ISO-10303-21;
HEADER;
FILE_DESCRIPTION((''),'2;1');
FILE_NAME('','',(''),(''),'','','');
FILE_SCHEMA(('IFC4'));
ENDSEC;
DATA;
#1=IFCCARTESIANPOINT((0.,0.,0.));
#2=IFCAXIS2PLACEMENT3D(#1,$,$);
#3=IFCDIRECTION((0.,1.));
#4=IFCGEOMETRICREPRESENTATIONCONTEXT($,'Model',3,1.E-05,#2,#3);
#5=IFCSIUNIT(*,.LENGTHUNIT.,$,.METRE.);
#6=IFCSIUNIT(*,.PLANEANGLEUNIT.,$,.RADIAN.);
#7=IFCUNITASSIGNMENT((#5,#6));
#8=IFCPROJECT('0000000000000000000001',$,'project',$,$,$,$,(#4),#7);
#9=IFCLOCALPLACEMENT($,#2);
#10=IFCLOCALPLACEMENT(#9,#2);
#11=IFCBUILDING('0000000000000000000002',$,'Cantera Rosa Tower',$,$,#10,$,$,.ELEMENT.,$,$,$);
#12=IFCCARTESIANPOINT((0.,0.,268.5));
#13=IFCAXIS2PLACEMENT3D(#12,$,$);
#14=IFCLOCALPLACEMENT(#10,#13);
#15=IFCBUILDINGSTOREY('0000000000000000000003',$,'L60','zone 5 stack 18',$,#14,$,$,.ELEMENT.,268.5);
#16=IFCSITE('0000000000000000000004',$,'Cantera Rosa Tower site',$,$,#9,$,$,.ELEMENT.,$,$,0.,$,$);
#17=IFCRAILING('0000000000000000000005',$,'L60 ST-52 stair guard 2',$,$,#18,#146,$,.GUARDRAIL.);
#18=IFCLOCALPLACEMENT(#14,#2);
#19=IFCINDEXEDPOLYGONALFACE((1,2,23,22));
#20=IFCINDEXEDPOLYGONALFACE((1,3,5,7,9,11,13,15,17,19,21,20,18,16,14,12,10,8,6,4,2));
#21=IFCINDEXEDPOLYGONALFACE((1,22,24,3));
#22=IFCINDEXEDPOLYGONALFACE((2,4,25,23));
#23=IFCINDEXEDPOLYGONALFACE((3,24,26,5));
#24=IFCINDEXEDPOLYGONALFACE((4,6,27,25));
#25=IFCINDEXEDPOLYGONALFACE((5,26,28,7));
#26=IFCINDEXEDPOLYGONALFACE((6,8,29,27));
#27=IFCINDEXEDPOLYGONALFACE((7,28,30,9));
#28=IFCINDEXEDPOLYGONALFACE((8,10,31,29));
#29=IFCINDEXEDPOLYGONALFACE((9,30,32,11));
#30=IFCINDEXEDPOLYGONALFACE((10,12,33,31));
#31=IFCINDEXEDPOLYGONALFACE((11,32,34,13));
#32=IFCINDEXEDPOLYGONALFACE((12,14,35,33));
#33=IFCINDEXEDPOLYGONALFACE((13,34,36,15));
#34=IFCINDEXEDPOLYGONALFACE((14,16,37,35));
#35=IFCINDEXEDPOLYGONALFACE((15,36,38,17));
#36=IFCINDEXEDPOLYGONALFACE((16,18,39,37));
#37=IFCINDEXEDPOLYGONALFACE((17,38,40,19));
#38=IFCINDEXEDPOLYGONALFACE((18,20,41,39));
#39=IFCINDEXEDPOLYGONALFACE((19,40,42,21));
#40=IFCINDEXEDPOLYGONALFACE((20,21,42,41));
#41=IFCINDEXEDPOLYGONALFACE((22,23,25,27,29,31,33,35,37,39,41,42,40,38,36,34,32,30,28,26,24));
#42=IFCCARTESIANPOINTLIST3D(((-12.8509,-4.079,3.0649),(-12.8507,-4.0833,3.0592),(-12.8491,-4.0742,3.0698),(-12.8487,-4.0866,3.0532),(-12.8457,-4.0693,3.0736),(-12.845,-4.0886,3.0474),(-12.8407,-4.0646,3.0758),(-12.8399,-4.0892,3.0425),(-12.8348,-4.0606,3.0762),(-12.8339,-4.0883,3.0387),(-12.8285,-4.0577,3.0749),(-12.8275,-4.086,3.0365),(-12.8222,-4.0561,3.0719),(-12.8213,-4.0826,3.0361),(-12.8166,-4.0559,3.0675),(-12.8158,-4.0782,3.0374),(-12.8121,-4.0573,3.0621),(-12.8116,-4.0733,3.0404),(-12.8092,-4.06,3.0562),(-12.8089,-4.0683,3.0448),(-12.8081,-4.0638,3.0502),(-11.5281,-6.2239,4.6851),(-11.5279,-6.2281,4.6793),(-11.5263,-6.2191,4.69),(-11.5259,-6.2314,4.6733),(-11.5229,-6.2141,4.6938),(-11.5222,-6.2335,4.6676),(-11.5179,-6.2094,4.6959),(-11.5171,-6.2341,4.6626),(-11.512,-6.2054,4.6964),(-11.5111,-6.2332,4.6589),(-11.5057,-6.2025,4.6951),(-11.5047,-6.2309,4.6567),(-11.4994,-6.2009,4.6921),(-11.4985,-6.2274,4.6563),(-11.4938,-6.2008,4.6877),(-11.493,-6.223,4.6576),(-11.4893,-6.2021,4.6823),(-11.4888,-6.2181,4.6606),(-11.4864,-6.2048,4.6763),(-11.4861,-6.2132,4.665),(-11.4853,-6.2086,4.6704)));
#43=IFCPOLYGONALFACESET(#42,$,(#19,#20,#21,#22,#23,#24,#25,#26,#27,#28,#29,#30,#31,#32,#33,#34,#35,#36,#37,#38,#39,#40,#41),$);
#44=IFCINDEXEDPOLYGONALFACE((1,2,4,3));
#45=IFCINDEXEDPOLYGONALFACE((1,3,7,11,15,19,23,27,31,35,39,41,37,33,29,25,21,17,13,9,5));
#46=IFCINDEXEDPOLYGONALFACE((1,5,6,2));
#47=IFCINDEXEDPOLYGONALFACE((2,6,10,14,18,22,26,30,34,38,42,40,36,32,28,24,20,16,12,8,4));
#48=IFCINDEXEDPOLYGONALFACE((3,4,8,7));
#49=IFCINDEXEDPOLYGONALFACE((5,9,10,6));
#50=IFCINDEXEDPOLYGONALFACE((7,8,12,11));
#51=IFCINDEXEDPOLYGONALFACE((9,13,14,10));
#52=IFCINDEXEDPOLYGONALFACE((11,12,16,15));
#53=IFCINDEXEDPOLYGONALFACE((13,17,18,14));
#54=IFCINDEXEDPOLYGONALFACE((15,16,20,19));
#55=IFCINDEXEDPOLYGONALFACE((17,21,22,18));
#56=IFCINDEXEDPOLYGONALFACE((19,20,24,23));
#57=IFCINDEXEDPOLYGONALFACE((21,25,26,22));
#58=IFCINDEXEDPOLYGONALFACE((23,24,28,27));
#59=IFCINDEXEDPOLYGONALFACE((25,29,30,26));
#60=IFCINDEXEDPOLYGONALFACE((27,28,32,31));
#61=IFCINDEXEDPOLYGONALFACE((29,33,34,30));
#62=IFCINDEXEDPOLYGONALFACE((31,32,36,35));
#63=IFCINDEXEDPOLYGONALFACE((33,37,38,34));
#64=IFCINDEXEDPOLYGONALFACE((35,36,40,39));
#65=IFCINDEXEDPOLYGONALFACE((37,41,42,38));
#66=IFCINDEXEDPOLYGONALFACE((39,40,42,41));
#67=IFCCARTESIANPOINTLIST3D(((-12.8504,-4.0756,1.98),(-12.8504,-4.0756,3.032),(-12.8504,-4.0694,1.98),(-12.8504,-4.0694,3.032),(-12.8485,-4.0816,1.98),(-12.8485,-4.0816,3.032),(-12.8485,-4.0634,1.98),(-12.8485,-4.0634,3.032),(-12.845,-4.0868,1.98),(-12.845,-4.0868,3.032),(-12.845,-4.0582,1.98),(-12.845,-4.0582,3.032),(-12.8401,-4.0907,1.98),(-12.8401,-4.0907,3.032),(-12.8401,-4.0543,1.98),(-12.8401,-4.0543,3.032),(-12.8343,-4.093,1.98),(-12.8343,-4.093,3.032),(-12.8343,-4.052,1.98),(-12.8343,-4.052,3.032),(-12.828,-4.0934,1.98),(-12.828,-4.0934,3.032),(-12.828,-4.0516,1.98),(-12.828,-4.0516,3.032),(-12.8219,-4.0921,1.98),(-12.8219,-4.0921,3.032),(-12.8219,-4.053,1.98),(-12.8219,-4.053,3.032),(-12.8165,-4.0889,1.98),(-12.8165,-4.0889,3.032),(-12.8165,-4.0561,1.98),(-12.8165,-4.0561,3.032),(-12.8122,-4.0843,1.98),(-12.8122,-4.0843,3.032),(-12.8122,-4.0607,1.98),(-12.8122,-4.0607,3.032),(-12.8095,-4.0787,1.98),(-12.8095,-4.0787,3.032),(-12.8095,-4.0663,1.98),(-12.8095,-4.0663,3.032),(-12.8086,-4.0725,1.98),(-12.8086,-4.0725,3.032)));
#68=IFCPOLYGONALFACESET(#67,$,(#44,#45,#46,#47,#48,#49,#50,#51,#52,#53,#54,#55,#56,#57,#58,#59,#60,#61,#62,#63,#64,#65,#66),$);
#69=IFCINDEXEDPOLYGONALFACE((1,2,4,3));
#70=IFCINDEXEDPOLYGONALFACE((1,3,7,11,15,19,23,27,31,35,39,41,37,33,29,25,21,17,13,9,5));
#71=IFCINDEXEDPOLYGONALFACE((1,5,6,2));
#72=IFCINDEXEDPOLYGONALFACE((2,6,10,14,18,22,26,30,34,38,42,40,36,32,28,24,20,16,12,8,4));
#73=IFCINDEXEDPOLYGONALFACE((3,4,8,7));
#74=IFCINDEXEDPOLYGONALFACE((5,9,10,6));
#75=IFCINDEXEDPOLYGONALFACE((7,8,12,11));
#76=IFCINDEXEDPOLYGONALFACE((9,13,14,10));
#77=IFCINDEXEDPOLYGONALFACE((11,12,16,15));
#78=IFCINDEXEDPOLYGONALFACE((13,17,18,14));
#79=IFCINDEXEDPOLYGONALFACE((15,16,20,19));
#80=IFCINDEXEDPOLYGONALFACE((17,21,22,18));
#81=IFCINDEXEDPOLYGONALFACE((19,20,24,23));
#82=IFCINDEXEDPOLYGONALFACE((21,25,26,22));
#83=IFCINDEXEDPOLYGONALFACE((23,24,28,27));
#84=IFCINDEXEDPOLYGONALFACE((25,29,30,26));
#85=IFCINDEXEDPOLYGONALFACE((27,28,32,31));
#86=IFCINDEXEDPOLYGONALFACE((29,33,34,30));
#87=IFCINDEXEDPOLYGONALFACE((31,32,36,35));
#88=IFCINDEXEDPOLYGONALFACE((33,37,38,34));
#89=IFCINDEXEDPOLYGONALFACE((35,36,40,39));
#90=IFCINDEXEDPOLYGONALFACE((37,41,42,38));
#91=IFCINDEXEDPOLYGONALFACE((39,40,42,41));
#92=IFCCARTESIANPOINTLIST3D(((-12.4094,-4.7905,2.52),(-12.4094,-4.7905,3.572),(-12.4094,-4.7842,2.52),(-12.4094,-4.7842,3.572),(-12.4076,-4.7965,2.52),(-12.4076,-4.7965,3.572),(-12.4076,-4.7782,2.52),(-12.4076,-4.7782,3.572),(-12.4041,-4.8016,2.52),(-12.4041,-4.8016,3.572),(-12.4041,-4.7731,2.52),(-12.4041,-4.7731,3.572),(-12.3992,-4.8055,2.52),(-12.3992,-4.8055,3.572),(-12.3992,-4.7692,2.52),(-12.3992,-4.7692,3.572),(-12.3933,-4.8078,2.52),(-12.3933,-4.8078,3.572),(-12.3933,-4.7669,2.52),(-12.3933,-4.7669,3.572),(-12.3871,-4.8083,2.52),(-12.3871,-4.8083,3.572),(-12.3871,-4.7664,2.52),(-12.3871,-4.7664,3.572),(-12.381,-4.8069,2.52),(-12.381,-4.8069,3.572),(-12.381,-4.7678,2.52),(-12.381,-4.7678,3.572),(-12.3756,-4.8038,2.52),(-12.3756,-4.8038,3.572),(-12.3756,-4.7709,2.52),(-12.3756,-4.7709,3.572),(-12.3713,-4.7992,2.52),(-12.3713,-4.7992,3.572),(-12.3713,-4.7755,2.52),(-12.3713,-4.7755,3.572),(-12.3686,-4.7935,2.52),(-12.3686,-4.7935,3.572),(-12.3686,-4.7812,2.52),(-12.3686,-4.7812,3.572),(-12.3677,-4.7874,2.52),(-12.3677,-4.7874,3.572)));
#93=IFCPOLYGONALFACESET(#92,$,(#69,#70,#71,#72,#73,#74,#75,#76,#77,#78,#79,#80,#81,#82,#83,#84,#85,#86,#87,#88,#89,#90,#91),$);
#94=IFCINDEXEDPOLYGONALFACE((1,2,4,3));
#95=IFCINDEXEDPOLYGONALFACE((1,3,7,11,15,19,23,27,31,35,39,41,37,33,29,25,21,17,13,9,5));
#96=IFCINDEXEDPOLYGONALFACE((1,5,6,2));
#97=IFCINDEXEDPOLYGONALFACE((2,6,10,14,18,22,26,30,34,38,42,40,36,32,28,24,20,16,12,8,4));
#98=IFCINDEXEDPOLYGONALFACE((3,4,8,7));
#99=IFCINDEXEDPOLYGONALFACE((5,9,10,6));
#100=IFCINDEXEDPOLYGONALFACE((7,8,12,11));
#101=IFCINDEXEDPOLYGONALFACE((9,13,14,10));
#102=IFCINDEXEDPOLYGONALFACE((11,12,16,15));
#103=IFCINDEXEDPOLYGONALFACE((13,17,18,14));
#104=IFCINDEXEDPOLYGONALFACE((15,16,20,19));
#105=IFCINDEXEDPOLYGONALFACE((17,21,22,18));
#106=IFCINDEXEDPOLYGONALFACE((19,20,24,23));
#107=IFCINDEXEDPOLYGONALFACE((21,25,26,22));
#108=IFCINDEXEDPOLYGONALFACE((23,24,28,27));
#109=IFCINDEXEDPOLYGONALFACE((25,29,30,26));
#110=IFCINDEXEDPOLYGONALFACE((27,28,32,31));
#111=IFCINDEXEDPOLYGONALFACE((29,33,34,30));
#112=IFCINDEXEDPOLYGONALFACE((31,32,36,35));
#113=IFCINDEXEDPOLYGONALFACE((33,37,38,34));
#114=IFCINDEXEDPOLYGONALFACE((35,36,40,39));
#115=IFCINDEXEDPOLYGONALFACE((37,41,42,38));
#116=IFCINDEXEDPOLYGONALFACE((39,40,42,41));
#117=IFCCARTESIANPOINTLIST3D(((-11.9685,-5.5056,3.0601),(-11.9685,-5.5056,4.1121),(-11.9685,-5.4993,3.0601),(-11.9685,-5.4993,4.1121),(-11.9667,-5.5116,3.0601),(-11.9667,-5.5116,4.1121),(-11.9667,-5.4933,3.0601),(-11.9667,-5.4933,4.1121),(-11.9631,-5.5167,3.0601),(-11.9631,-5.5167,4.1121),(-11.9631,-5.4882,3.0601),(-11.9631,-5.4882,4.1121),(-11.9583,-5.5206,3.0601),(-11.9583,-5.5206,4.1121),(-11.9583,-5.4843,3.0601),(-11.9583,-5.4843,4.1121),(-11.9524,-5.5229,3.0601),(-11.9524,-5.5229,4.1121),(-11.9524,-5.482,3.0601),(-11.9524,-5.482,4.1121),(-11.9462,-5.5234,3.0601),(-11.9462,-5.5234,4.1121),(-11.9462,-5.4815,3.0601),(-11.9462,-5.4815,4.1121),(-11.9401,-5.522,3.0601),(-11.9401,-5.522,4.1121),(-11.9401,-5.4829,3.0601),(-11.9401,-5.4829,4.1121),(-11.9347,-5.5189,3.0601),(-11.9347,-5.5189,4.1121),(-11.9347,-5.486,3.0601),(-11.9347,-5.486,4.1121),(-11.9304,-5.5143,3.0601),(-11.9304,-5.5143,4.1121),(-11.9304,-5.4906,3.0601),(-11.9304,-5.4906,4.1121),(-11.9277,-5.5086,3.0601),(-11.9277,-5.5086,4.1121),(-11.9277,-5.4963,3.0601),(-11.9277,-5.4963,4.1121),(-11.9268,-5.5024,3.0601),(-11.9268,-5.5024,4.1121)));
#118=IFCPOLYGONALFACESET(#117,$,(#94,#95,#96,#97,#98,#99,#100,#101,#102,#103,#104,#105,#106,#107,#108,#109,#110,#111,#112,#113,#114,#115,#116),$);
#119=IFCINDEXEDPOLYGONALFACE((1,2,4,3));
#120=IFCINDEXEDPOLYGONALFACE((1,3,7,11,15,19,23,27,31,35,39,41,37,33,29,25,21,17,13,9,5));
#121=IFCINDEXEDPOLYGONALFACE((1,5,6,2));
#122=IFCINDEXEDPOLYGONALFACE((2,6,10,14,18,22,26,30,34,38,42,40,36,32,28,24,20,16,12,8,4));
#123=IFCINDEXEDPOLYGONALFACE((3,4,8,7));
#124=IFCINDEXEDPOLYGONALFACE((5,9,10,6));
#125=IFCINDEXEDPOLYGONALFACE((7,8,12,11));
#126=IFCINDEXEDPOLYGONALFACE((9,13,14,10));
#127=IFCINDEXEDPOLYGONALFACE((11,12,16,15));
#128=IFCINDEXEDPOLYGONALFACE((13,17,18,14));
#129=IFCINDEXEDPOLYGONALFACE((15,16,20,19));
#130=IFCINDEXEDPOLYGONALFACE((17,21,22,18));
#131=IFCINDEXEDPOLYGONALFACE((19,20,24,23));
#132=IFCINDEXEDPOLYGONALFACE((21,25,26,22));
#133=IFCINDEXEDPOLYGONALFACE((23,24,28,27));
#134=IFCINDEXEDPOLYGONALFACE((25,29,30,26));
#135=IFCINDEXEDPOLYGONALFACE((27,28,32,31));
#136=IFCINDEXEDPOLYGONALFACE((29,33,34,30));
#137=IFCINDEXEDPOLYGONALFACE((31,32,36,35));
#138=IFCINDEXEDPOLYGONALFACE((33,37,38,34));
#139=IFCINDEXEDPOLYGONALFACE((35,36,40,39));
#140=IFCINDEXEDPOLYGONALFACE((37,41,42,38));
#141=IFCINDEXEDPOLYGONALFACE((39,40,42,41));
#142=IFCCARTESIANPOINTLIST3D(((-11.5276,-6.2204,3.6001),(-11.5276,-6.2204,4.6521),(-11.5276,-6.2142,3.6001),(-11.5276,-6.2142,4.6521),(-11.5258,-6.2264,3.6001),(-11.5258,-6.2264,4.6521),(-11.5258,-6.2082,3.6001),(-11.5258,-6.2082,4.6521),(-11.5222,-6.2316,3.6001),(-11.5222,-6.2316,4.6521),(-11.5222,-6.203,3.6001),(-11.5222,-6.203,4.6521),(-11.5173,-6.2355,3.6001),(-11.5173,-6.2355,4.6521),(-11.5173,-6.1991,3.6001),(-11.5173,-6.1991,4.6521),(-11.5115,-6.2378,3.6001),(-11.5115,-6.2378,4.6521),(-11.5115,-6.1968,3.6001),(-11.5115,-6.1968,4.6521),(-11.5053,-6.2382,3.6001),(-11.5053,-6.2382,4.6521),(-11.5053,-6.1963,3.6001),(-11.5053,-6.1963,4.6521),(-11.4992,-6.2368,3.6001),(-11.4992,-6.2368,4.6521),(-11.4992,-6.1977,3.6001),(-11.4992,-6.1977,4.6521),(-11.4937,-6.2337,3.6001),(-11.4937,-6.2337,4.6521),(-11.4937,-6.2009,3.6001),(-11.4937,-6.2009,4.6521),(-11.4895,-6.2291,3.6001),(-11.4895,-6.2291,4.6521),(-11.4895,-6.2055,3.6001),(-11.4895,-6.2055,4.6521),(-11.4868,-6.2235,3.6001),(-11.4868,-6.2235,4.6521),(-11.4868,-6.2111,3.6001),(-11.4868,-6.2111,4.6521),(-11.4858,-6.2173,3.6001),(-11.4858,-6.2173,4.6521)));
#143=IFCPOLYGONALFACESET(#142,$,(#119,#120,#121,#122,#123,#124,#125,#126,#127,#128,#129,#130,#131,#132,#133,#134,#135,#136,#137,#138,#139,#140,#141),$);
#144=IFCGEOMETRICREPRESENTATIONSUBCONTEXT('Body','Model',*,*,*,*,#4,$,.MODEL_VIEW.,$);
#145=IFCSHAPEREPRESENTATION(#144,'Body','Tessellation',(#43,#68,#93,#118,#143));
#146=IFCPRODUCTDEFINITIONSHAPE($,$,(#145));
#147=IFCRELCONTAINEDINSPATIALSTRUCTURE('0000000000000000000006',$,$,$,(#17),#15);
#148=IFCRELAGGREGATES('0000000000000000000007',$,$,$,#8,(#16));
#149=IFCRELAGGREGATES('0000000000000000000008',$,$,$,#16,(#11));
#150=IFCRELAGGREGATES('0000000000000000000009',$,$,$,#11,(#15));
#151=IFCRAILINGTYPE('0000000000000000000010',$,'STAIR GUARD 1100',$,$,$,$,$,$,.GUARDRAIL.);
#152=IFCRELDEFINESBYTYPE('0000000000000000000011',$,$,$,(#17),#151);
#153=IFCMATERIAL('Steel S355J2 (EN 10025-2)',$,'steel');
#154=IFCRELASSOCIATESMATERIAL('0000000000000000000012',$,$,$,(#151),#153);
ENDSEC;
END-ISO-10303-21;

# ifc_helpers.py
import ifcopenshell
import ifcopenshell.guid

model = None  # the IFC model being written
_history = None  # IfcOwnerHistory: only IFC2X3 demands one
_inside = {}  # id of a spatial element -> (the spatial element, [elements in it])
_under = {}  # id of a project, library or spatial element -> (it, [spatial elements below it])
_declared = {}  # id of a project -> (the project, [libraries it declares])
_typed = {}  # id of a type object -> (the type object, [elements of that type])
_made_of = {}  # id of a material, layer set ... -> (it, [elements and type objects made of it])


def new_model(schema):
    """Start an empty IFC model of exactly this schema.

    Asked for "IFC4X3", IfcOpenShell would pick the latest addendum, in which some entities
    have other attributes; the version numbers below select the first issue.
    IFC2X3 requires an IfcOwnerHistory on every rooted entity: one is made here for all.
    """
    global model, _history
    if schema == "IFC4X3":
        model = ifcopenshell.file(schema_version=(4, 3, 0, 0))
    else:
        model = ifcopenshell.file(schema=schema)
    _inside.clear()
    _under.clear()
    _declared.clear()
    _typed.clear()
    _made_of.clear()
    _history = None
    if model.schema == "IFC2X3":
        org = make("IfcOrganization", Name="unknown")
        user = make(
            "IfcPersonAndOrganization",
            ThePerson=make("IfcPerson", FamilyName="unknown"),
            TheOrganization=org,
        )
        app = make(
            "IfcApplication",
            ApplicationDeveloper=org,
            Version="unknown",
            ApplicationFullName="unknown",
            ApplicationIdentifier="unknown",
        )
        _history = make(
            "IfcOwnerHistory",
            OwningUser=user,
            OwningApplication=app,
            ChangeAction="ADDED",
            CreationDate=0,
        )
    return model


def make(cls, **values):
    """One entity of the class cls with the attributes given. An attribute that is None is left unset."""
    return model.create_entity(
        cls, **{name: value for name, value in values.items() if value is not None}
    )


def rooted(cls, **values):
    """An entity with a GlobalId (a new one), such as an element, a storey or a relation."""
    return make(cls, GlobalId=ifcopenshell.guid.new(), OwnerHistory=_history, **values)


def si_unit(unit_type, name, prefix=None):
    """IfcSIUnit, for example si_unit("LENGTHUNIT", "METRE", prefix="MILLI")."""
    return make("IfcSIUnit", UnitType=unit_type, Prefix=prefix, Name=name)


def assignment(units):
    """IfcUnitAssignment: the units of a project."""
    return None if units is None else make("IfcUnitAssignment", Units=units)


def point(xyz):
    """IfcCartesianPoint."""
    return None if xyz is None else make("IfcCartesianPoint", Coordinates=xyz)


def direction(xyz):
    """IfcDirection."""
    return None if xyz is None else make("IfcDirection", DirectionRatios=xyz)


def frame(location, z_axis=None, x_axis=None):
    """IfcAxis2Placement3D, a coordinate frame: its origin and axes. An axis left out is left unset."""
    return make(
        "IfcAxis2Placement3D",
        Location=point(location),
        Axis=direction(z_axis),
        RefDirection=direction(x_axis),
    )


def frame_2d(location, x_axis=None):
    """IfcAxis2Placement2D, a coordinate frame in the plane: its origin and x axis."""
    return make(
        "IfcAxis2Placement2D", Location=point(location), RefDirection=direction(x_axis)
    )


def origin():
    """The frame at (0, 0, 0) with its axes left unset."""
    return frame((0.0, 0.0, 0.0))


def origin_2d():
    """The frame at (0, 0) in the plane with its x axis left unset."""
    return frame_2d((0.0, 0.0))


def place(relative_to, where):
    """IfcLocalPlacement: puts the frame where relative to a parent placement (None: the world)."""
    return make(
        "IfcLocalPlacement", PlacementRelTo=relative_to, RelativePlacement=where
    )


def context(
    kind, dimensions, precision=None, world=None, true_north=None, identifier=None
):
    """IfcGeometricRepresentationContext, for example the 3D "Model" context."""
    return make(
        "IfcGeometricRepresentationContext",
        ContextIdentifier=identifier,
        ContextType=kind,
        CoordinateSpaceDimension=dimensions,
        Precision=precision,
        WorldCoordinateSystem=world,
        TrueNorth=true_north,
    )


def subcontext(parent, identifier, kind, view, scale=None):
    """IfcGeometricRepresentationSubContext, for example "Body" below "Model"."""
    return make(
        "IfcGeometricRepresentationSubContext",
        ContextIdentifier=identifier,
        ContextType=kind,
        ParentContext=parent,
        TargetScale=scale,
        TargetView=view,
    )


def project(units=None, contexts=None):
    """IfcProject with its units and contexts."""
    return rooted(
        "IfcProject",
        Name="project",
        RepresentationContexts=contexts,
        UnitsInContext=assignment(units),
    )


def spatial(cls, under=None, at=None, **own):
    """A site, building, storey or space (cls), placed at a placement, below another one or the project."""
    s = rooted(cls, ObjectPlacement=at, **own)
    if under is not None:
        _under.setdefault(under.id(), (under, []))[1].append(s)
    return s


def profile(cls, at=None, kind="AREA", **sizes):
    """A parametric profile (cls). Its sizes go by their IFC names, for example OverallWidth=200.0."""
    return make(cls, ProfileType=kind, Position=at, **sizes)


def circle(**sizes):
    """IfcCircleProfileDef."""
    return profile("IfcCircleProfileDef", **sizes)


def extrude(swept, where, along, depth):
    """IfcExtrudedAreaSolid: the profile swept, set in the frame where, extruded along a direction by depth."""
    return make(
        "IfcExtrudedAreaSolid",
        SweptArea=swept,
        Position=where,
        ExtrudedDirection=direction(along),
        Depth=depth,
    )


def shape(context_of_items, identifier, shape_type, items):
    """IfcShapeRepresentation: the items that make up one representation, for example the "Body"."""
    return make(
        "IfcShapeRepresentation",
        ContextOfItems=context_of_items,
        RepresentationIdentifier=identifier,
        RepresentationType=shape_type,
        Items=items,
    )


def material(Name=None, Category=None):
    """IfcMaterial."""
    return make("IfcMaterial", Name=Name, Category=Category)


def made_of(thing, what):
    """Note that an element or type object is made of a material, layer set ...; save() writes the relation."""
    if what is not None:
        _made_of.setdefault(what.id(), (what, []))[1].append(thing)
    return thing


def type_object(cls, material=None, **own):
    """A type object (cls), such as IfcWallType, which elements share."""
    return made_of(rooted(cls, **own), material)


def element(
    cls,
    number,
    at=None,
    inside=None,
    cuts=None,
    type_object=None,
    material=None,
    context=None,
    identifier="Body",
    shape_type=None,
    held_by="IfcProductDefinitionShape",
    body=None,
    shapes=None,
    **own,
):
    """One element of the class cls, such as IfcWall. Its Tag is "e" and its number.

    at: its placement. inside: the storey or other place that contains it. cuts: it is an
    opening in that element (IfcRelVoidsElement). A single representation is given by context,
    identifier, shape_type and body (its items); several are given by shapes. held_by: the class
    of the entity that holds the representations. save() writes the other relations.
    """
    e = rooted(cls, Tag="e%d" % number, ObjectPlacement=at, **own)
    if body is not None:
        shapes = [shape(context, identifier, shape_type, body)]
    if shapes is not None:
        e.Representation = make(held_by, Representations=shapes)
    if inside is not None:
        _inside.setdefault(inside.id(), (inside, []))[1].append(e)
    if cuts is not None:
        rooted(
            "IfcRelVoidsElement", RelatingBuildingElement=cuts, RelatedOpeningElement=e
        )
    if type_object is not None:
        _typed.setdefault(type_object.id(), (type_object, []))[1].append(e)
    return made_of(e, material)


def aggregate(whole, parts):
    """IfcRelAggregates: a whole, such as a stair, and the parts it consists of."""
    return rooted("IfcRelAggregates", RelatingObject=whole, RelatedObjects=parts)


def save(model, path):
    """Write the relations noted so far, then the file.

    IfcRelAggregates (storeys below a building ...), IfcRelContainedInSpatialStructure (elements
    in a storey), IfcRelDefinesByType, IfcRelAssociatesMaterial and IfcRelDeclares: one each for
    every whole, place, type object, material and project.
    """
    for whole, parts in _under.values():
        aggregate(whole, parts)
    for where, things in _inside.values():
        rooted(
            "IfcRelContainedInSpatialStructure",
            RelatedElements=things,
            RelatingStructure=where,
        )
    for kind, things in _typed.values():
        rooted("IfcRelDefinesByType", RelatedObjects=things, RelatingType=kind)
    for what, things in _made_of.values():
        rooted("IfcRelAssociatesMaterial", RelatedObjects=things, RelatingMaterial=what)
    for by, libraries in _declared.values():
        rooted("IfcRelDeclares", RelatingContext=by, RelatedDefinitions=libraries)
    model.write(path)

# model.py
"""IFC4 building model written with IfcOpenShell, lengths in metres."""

from ifc_helpers import new_model, si_unit, direction, frame, origin, origin_2d, place, context, subcontext, project, spatial, circle, extrude, material, type_object, element, save


model = new_model("IFC4")

# Units and contexts
model_context = context("Model", 3, precision=1e-05, world=origin(), true_north=direction((0.0, 1.0)))
body_context = subcontext(model_context, "Body", "Model", "MODEL_VIEW")
ifc_project = project(units=[si_unit("LENGTHUNIT", "METRE"), si_unit("PLANEANGLEUNIT", "RADIAN")], contexts=[model_context])

# Site, building, storey
site_placement = place(None, origin())
site = spatial("IfcSite", under=ifc_project, at=site_placement, Name="Cantera Rosa Tower site", CompositionType="ELEMENT", RefElevation=0.0)
building_placement = place(site_placement, origin())
building = spatial("IfcBuilding", under=site, at=building_placement, Name="Cantera Rosa Tower", CompositionType="ELEMENT")
storey_placement = place(building_placement, frame((0.0, 0.0, 268.5)))
storey = spatial("IfcBuildingStorey", under=building, at=storey_placement, Name="L60", Description="zone 5 stack 18", CompositionType="ELEMENT", Elevation=268.5)

# Railing
ifc_material_1 = material(Name="Steel S355J2 (EN 10025-2)", Category="steel")
railing_type_1 = type_object("IfcRailingType", Name="STAIR GUARD 1100", PredefinedType="GUARDRAIL", material=ifc_material_1)
railing_1_placement = place(storey_placement, frame((-12.8296, -4.0725, 1.98)))
element("IfcRailing", 1, at=railing_1_placement, inside=storey, type_object=railing_type_1, Name="L60 ST-52 stair guard 2", PredefinedType="GUARDRAIL", context=body_context, shape_type="SweptSolid", body=[
    extrude(circle(Radius=0.0239, at=origin_2d()), frame((0.0, 0.0, 1.0762), z_axis=(0.441543, -0.715939, 0.540805), x_axis=(0.851146, 0.52493, 0.0)), (0.0, 0.0, 1.0), 2.9958),
    extrude(circle(Radius=0.021, at=origin_2d()), origin(), (0.0, 0.0, 1.0), 1.052),
    extrude(circle(Radius=0.021, at=origin_2d()), frame((0.4409, -0.7148, 0.54)), (0.0, 0.0, 1.0), 1.052),
    extrude(circle(Radius=0.021, at=origin_2d()), frame((0.8818, -1.4299, 1.0801)), (0.0, 0.0, 1.0), 1.052),
    extrude(circle(Radius=0.021, at=origin_2d()), frame((1.3228, -2.1448, 1.6201)), (0.0, 0.0, 1.0), 1.052),
])

save(model, "model.ifc")
